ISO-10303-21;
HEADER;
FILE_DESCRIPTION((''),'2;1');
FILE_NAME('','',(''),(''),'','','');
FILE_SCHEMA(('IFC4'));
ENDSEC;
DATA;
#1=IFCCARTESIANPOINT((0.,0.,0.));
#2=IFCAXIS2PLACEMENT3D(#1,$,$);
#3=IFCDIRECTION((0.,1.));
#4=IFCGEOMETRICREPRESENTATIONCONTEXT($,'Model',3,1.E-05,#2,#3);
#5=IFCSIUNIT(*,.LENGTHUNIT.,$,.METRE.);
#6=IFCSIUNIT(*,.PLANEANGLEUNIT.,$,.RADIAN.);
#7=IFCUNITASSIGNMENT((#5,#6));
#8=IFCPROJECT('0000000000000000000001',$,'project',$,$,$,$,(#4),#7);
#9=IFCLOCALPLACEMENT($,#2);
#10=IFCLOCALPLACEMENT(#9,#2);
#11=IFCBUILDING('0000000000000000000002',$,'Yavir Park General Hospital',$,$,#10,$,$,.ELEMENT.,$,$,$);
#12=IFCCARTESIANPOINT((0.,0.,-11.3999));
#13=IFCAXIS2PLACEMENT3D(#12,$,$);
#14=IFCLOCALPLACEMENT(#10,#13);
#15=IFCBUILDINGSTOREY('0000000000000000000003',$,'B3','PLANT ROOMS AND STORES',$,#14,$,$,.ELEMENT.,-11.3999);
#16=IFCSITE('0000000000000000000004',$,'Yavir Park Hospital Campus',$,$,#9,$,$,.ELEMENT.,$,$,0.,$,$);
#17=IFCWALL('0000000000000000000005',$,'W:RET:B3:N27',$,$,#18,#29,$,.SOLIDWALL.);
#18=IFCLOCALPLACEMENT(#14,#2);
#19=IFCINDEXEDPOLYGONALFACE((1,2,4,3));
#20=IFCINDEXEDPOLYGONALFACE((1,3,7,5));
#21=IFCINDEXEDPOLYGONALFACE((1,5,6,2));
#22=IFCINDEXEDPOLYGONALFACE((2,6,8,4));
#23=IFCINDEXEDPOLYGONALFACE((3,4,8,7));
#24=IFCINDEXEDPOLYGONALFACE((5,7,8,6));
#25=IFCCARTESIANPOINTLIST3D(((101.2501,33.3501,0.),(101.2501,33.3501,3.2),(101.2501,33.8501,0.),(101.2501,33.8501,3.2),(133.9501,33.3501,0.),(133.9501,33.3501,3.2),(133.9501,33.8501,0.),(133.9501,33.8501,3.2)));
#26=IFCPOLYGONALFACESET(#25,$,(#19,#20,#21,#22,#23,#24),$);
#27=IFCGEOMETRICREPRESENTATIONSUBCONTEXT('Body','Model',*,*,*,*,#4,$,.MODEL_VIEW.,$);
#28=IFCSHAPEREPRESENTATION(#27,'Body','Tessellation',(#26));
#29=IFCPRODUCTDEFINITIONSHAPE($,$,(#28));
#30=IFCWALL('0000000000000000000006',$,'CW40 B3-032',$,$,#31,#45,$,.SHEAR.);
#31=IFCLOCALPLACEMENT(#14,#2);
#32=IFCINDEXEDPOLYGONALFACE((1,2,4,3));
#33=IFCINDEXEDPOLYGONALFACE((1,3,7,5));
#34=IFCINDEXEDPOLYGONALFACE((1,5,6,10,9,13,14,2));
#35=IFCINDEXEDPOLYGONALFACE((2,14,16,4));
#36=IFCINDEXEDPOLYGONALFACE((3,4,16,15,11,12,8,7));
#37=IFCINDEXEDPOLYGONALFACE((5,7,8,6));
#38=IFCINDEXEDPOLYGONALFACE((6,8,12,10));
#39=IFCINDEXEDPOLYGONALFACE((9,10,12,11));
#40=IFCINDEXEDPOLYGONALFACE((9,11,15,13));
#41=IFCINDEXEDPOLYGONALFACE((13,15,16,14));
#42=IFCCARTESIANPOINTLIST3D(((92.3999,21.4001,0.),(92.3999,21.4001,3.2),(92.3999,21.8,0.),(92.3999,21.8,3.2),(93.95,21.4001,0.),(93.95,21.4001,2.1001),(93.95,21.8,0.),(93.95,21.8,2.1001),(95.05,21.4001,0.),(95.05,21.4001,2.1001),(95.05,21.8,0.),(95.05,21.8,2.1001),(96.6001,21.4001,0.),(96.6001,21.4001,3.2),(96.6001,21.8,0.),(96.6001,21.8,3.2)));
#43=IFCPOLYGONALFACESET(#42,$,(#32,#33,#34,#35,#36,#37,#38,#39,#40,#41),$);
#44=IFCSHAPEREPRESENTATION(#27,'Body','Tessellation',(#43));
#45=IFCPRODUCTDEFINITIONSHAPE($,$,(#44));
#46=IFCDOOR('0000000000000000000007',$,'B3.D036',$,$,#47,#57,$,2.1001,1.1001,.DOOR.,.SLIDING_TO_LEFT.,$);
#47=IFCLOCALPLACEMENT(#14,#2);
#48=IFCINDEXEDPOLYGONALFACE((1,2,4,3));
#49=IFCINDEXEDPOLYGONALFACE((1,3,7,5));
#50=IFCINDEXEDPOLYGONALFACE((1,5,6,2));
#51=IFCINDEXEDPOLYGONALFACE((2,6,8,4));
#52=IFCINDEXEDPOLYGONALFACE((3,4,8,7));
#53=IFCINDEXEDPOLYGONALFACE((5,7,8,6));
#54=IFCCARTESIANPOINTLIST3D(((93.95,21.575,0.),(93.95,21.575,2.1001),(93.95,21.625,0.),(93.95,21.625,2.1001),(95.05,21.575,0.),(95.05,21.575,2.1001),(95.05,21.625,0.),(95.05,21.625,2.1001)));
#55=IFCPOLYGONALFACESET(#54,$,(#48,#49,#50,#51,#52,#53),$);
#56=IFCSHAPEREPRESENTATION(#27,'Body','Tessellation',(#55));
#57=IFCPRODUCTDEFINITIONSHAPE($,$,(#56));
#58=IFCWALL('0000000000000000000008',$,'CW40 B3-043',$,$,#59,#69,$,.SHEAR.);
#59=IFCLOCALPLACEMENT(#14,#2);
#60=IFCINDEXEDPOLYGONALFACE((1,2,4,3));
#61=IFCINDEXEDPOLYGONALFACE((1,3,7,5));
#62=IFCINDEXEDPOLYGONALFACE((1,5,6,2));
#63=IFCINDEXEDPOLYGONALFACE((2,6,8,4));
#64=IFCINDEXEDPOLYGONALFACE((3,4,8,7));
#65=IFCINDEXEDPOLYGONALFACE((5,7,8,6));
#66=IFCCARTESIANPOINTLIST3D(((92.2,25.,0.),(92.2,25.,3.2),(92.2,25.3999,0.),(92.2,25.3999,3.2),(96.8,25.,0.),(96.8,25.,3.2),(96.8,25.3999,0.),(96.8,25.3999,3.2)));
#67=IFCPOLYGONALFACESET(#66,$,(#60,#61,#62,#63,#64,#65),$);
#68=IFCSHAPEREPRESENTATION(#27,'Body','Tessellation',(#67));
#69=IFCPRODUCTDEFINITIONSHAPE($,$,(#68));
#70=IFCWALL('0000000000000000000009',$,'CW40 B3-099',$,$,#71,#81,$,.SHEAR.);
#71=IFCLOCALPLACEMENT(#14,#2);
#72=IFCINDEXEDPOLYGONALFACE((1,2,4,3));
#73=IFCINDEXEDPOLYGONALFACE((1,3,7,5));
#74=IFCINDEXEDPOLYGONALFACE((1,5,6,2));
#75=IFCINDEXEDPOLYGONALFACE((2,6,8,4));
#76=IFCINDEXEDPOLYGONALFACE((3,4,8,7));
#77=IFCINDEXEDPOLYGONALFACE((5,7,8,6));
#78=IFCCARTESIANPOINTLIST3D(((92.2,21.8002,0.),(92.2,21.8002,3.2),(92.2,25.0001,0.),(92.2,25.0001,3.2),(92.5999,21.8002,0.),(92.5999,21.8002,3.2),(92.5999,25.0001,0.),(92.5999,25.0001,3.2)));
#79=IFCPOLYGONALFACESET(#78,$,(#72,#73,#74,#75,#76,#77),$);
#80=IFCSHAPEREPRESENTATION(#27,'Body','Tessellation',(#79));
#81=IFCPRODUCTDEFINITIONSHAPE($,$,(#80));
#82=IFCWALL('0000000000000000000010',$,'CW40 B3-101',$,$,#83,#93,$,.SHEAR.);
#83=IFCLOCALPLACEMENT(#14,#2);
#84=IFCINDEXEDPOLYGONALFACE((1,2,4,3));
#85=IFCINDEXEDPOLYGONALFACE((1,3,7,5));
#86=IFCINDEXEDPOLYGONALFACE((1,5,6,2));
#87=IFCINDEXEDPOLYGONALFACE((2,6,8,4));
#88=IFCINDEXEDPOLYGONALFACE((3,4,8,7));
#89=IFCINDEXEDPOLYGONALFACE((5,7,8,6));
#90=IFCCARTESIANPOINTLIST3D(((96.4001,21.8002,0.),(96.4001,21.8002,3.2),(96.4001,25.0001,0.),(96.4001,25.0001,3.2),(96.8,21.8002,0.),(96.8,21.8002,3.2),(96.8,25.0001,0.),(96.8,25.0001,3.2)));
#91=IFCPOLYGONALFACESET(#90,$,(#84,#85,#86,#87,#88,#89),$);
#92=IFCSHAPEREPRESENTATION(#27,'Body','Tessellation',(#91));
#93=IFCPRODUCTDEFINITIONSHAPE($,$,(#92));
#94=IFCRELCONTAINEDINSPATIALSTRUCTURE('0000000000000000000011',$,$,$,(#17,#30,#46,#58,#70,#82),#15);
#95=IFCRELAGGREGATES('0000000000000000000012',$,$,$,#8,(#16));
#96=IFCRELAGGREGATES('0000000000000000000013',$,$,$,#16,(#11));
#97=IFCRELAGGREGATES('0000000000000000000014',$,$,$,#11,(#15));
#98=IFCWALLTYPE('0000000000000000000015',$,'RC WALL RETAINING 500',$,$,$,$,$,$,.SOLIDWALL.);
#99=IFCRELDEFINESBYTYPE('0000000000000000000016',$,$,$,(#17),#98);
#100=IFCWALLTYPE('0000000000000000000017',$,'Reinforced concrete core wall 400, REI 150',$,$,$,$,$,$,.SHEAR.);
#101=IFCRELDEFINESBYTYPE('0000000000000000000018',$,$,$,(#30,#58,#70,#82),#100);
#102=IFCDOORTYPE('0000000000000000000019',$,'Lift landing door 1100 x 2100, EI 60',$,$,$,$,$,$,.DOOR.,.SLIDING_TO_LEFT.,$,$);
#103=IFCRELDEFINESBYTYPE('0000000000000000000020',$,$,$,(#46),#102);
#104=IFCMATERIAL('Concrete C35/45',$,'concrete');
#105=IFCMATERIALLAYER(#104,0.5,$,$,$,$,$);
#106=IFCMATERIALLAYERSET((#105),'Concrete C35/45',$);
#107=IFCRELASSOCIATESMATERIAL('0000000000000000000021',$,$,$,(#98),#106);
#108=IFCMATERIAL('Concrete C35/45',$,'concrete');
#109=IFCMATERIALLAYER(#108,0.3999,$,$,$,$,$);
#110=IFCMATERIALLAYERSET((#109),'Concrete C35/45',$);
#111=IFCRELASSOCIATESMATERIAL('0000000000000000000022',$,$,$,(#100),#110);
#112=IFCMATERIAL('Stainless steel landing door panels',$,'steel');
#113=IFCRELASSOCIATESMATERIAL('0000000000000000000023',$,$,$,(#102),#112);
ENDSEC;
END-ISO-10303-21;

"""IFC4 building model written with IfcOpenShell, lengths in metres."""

from ifc_helpers import new_model, si_unit, direction, frame, frame_2d, origin, place, context, subcontext, project, spatial, rectangle, extrude, material, layer, layer_set, type_object, element, fill, save


model = new_model("IFC4")

# Units and contexts
model_context = context("Model", 3, precision=1e-05, world=origin(), true_north=direction((0.0, 1.0)))
body_context = subcontext(model_context, "Body", "Model", "MODEL_VIEW")
ifc_project = project(units=[si_unit("LENGTHUNIT", "METRE"), si_unit("PLANEANGLEUNIT", "RADIAN")], contexts=[model_context])

# Site, building, storey
site_placement = place(None, origin())
site = spatial("IfcSite", under=ifc_project, at=site_placement, Name="Yavir Park Hospital Campus", CompositionType="ELEMENT", RefElevation=0.0)
building_placement = place(site_placement, origin())
building = spatial("IfcBuilding", under=site, at=building_placement, Name="Yavir Park General Hospital", CompositionType="ELEMENT")
storey_placement = place(building_placement, frame((0.0, 0.0, -11.3999)))
storey = spatial("IfcBuildingStorey", under=building, at=storey_placement, Name="B3", Description="PLANT ROOMS AND STORES", CompositionType="ELEMENT", Elevation=-11.3999)

# Wall
ifc_material_1 = material(Name="Concrete C35/45", Category="concrete")
ifc_layer_1 = layer(ifc_material_1, 0.5)
ifc_layer_set_1 = layer_set([ifc_layer_1], Name="Concrete C35/45")
wall_type_1 = type_object("IfcWallType", Name="RC WALL RETAINING 500", PredefinedType="SOLIDWALL", material=ifc_layer_set_1)
wall_1_placement = place(storey_placement, frame((101.25, 33.6001, 0.0), z_axis=(0.0, 0.0, 1.0), x_axis=(1.0, 0.0, 0.0)))
element("IfcWall", 1, at=wall_1_placement, inside=storey, type_object=wall_type_1, Name="W:RET:B3:N27", PredefinedType="SOLIDWALL", context=body_context, shape_type="SweptSolid", body=[
    extrude(rectangle(XDim=32.7, YDim=0.5, at=frame_2d((16.3501, 0.0))), origin(), (0.0, 0.0, 1.0), 3.2),
])

# Wall, opening, door
ifc_material_2 = material(Name="Concrete C35/45", Category="concrete")
ifc_layer_2 = layer(ifc_material_2, 0.3999)
ifc_layer_set_2 = layer_set([ifc_layer_2], Name="Concrete C35/45")
wall_type_2 = type_object("IfcWallType", Name="Reinforced concrete core wall 400, REI 150", PredefinedType="SHEAR", material=ifc_layer_set_2)
wall_2_placement = place(storey_placement, frame((92.3999, 21.6001, 0.0), z_axis=(0.0, 0.0, 1.0), x_axis=(1.0, 0.0, 0.0)))
wall_2 = element("IfcWall", 2, at=wall_2_placement, inside=storey, type_object=wall_type_2, Name="CW40 B3-032", PredefinedType="SHEAR", context=body_context, shape_type="SweptSolid", body=[
    extrude(rectangle(XDim=4.2002, YDim=0.3999, at=frame_2d((2.1001, 0.0))), origin(), (0.0, 0.0, 1.0), 3.2),
])
opening_1_placement = place(wall_2_placement, frame((1.55, 0.0, 0.0)))
opening_1 = element("IfcOpeningElement", 3, at=opening_1_placement, cuts=wall_2, PredefinedType="OPENING", context=body_context, shape_type="SweptSolid", body=[
    extrude(rectangle(XDim=1.1001, YDim=2.1001, at=frame_2d((0.55, 1.05))), frame((0.0, 0.21, 0.0), z_axis=(0.0, -1.0, 0.0), x_axis=(1.0, 0.0, 0.0)), (0.0, 0.0, 1.0), 0.4199),
])
ifc_material_3 = material(Name="Stainless steel landing door panels", Category="steel")
door_type_1 = type_object("IfcDoorType", Name="Lift landing door 1100 x 2100, EI 60", OperationType="SLIDING_TO_LEFT", PredefinedType="DOOR", material=ifc_material_3)
door_1_placement = place(opening_1_placement, origin())
door_1 = element("IfcDoor", 4, at=door_1_placement, inside=storey, type_object=door_type_1, Name="B3.D036", OperationType="SLIDING_TO_LEFT", OverallHeight=2.1001, OverallWidth=1.1001, PredefinedType="DOOR", context=body_context, shape_type="SweptSolid", body=[
    extrude(rectangle(XDim=1.1001, YDim=2.1001, at=frame_2d((0.55, 1.05))), frame((0.0, 0.0249, 0.0), z_axis=(0.0, -1.0, 0.0), x_axis=(1.0, 0.0, 0.0)), (0.0, 0.0, 1.0), 0.05),
])
fill(opening_1, door_1)

# Walls
wall_3_placement = place(storey_placement, frame((92.2, 25.2, 0.0), z_axis=(0.0, 0.0, 1.0), x_axis=(1.0, 0.0, 0.0)))
element("IfcWall", 5, at=wall_3_placement, inside=storey, type_object=wall_type_2, Name="CW40 B3-043", PredefinedType="SHEAR", context=body_context, shape_type="SweptSolid", body=[
    extrude(rectangle(XDim=4.6001, YDim=0.3999, at=frame_2d((2.3, 0.0))), origin(), (0.0, 0.0, 1.0), 3.2),
])
for number, where, z_axis, x_axis, name in (
    (6, (92.3999, 21.8, 0.0), (0.0, 0.0, 1.0), (0.0, 1.0, 0.0), "CW40 B3-099"),
    (7, (96.6001, 21.8, 0.0), (0.0, 0.0, 1.0), (0.0, 1.0, 0.0), "CW40 B3-101"),
):
    element("IfcWall", number, at=place(storey_placement, frame(where, z_axis=z_axis, x_axis=x_axis)), inside=storey, type_object=wall_type_2, Name=name, PredefinedType="SHEAR", context=body_context, shape_type="SweptSolid", body=[
        extrude(rectangle(XDim=3.2, YDim=0.3999, at=frame_2d((1.6001, 0.0))), origin(), (0.0, 0.0, 1.0), 3.2),
    ])

save(model, "model.ifc")
